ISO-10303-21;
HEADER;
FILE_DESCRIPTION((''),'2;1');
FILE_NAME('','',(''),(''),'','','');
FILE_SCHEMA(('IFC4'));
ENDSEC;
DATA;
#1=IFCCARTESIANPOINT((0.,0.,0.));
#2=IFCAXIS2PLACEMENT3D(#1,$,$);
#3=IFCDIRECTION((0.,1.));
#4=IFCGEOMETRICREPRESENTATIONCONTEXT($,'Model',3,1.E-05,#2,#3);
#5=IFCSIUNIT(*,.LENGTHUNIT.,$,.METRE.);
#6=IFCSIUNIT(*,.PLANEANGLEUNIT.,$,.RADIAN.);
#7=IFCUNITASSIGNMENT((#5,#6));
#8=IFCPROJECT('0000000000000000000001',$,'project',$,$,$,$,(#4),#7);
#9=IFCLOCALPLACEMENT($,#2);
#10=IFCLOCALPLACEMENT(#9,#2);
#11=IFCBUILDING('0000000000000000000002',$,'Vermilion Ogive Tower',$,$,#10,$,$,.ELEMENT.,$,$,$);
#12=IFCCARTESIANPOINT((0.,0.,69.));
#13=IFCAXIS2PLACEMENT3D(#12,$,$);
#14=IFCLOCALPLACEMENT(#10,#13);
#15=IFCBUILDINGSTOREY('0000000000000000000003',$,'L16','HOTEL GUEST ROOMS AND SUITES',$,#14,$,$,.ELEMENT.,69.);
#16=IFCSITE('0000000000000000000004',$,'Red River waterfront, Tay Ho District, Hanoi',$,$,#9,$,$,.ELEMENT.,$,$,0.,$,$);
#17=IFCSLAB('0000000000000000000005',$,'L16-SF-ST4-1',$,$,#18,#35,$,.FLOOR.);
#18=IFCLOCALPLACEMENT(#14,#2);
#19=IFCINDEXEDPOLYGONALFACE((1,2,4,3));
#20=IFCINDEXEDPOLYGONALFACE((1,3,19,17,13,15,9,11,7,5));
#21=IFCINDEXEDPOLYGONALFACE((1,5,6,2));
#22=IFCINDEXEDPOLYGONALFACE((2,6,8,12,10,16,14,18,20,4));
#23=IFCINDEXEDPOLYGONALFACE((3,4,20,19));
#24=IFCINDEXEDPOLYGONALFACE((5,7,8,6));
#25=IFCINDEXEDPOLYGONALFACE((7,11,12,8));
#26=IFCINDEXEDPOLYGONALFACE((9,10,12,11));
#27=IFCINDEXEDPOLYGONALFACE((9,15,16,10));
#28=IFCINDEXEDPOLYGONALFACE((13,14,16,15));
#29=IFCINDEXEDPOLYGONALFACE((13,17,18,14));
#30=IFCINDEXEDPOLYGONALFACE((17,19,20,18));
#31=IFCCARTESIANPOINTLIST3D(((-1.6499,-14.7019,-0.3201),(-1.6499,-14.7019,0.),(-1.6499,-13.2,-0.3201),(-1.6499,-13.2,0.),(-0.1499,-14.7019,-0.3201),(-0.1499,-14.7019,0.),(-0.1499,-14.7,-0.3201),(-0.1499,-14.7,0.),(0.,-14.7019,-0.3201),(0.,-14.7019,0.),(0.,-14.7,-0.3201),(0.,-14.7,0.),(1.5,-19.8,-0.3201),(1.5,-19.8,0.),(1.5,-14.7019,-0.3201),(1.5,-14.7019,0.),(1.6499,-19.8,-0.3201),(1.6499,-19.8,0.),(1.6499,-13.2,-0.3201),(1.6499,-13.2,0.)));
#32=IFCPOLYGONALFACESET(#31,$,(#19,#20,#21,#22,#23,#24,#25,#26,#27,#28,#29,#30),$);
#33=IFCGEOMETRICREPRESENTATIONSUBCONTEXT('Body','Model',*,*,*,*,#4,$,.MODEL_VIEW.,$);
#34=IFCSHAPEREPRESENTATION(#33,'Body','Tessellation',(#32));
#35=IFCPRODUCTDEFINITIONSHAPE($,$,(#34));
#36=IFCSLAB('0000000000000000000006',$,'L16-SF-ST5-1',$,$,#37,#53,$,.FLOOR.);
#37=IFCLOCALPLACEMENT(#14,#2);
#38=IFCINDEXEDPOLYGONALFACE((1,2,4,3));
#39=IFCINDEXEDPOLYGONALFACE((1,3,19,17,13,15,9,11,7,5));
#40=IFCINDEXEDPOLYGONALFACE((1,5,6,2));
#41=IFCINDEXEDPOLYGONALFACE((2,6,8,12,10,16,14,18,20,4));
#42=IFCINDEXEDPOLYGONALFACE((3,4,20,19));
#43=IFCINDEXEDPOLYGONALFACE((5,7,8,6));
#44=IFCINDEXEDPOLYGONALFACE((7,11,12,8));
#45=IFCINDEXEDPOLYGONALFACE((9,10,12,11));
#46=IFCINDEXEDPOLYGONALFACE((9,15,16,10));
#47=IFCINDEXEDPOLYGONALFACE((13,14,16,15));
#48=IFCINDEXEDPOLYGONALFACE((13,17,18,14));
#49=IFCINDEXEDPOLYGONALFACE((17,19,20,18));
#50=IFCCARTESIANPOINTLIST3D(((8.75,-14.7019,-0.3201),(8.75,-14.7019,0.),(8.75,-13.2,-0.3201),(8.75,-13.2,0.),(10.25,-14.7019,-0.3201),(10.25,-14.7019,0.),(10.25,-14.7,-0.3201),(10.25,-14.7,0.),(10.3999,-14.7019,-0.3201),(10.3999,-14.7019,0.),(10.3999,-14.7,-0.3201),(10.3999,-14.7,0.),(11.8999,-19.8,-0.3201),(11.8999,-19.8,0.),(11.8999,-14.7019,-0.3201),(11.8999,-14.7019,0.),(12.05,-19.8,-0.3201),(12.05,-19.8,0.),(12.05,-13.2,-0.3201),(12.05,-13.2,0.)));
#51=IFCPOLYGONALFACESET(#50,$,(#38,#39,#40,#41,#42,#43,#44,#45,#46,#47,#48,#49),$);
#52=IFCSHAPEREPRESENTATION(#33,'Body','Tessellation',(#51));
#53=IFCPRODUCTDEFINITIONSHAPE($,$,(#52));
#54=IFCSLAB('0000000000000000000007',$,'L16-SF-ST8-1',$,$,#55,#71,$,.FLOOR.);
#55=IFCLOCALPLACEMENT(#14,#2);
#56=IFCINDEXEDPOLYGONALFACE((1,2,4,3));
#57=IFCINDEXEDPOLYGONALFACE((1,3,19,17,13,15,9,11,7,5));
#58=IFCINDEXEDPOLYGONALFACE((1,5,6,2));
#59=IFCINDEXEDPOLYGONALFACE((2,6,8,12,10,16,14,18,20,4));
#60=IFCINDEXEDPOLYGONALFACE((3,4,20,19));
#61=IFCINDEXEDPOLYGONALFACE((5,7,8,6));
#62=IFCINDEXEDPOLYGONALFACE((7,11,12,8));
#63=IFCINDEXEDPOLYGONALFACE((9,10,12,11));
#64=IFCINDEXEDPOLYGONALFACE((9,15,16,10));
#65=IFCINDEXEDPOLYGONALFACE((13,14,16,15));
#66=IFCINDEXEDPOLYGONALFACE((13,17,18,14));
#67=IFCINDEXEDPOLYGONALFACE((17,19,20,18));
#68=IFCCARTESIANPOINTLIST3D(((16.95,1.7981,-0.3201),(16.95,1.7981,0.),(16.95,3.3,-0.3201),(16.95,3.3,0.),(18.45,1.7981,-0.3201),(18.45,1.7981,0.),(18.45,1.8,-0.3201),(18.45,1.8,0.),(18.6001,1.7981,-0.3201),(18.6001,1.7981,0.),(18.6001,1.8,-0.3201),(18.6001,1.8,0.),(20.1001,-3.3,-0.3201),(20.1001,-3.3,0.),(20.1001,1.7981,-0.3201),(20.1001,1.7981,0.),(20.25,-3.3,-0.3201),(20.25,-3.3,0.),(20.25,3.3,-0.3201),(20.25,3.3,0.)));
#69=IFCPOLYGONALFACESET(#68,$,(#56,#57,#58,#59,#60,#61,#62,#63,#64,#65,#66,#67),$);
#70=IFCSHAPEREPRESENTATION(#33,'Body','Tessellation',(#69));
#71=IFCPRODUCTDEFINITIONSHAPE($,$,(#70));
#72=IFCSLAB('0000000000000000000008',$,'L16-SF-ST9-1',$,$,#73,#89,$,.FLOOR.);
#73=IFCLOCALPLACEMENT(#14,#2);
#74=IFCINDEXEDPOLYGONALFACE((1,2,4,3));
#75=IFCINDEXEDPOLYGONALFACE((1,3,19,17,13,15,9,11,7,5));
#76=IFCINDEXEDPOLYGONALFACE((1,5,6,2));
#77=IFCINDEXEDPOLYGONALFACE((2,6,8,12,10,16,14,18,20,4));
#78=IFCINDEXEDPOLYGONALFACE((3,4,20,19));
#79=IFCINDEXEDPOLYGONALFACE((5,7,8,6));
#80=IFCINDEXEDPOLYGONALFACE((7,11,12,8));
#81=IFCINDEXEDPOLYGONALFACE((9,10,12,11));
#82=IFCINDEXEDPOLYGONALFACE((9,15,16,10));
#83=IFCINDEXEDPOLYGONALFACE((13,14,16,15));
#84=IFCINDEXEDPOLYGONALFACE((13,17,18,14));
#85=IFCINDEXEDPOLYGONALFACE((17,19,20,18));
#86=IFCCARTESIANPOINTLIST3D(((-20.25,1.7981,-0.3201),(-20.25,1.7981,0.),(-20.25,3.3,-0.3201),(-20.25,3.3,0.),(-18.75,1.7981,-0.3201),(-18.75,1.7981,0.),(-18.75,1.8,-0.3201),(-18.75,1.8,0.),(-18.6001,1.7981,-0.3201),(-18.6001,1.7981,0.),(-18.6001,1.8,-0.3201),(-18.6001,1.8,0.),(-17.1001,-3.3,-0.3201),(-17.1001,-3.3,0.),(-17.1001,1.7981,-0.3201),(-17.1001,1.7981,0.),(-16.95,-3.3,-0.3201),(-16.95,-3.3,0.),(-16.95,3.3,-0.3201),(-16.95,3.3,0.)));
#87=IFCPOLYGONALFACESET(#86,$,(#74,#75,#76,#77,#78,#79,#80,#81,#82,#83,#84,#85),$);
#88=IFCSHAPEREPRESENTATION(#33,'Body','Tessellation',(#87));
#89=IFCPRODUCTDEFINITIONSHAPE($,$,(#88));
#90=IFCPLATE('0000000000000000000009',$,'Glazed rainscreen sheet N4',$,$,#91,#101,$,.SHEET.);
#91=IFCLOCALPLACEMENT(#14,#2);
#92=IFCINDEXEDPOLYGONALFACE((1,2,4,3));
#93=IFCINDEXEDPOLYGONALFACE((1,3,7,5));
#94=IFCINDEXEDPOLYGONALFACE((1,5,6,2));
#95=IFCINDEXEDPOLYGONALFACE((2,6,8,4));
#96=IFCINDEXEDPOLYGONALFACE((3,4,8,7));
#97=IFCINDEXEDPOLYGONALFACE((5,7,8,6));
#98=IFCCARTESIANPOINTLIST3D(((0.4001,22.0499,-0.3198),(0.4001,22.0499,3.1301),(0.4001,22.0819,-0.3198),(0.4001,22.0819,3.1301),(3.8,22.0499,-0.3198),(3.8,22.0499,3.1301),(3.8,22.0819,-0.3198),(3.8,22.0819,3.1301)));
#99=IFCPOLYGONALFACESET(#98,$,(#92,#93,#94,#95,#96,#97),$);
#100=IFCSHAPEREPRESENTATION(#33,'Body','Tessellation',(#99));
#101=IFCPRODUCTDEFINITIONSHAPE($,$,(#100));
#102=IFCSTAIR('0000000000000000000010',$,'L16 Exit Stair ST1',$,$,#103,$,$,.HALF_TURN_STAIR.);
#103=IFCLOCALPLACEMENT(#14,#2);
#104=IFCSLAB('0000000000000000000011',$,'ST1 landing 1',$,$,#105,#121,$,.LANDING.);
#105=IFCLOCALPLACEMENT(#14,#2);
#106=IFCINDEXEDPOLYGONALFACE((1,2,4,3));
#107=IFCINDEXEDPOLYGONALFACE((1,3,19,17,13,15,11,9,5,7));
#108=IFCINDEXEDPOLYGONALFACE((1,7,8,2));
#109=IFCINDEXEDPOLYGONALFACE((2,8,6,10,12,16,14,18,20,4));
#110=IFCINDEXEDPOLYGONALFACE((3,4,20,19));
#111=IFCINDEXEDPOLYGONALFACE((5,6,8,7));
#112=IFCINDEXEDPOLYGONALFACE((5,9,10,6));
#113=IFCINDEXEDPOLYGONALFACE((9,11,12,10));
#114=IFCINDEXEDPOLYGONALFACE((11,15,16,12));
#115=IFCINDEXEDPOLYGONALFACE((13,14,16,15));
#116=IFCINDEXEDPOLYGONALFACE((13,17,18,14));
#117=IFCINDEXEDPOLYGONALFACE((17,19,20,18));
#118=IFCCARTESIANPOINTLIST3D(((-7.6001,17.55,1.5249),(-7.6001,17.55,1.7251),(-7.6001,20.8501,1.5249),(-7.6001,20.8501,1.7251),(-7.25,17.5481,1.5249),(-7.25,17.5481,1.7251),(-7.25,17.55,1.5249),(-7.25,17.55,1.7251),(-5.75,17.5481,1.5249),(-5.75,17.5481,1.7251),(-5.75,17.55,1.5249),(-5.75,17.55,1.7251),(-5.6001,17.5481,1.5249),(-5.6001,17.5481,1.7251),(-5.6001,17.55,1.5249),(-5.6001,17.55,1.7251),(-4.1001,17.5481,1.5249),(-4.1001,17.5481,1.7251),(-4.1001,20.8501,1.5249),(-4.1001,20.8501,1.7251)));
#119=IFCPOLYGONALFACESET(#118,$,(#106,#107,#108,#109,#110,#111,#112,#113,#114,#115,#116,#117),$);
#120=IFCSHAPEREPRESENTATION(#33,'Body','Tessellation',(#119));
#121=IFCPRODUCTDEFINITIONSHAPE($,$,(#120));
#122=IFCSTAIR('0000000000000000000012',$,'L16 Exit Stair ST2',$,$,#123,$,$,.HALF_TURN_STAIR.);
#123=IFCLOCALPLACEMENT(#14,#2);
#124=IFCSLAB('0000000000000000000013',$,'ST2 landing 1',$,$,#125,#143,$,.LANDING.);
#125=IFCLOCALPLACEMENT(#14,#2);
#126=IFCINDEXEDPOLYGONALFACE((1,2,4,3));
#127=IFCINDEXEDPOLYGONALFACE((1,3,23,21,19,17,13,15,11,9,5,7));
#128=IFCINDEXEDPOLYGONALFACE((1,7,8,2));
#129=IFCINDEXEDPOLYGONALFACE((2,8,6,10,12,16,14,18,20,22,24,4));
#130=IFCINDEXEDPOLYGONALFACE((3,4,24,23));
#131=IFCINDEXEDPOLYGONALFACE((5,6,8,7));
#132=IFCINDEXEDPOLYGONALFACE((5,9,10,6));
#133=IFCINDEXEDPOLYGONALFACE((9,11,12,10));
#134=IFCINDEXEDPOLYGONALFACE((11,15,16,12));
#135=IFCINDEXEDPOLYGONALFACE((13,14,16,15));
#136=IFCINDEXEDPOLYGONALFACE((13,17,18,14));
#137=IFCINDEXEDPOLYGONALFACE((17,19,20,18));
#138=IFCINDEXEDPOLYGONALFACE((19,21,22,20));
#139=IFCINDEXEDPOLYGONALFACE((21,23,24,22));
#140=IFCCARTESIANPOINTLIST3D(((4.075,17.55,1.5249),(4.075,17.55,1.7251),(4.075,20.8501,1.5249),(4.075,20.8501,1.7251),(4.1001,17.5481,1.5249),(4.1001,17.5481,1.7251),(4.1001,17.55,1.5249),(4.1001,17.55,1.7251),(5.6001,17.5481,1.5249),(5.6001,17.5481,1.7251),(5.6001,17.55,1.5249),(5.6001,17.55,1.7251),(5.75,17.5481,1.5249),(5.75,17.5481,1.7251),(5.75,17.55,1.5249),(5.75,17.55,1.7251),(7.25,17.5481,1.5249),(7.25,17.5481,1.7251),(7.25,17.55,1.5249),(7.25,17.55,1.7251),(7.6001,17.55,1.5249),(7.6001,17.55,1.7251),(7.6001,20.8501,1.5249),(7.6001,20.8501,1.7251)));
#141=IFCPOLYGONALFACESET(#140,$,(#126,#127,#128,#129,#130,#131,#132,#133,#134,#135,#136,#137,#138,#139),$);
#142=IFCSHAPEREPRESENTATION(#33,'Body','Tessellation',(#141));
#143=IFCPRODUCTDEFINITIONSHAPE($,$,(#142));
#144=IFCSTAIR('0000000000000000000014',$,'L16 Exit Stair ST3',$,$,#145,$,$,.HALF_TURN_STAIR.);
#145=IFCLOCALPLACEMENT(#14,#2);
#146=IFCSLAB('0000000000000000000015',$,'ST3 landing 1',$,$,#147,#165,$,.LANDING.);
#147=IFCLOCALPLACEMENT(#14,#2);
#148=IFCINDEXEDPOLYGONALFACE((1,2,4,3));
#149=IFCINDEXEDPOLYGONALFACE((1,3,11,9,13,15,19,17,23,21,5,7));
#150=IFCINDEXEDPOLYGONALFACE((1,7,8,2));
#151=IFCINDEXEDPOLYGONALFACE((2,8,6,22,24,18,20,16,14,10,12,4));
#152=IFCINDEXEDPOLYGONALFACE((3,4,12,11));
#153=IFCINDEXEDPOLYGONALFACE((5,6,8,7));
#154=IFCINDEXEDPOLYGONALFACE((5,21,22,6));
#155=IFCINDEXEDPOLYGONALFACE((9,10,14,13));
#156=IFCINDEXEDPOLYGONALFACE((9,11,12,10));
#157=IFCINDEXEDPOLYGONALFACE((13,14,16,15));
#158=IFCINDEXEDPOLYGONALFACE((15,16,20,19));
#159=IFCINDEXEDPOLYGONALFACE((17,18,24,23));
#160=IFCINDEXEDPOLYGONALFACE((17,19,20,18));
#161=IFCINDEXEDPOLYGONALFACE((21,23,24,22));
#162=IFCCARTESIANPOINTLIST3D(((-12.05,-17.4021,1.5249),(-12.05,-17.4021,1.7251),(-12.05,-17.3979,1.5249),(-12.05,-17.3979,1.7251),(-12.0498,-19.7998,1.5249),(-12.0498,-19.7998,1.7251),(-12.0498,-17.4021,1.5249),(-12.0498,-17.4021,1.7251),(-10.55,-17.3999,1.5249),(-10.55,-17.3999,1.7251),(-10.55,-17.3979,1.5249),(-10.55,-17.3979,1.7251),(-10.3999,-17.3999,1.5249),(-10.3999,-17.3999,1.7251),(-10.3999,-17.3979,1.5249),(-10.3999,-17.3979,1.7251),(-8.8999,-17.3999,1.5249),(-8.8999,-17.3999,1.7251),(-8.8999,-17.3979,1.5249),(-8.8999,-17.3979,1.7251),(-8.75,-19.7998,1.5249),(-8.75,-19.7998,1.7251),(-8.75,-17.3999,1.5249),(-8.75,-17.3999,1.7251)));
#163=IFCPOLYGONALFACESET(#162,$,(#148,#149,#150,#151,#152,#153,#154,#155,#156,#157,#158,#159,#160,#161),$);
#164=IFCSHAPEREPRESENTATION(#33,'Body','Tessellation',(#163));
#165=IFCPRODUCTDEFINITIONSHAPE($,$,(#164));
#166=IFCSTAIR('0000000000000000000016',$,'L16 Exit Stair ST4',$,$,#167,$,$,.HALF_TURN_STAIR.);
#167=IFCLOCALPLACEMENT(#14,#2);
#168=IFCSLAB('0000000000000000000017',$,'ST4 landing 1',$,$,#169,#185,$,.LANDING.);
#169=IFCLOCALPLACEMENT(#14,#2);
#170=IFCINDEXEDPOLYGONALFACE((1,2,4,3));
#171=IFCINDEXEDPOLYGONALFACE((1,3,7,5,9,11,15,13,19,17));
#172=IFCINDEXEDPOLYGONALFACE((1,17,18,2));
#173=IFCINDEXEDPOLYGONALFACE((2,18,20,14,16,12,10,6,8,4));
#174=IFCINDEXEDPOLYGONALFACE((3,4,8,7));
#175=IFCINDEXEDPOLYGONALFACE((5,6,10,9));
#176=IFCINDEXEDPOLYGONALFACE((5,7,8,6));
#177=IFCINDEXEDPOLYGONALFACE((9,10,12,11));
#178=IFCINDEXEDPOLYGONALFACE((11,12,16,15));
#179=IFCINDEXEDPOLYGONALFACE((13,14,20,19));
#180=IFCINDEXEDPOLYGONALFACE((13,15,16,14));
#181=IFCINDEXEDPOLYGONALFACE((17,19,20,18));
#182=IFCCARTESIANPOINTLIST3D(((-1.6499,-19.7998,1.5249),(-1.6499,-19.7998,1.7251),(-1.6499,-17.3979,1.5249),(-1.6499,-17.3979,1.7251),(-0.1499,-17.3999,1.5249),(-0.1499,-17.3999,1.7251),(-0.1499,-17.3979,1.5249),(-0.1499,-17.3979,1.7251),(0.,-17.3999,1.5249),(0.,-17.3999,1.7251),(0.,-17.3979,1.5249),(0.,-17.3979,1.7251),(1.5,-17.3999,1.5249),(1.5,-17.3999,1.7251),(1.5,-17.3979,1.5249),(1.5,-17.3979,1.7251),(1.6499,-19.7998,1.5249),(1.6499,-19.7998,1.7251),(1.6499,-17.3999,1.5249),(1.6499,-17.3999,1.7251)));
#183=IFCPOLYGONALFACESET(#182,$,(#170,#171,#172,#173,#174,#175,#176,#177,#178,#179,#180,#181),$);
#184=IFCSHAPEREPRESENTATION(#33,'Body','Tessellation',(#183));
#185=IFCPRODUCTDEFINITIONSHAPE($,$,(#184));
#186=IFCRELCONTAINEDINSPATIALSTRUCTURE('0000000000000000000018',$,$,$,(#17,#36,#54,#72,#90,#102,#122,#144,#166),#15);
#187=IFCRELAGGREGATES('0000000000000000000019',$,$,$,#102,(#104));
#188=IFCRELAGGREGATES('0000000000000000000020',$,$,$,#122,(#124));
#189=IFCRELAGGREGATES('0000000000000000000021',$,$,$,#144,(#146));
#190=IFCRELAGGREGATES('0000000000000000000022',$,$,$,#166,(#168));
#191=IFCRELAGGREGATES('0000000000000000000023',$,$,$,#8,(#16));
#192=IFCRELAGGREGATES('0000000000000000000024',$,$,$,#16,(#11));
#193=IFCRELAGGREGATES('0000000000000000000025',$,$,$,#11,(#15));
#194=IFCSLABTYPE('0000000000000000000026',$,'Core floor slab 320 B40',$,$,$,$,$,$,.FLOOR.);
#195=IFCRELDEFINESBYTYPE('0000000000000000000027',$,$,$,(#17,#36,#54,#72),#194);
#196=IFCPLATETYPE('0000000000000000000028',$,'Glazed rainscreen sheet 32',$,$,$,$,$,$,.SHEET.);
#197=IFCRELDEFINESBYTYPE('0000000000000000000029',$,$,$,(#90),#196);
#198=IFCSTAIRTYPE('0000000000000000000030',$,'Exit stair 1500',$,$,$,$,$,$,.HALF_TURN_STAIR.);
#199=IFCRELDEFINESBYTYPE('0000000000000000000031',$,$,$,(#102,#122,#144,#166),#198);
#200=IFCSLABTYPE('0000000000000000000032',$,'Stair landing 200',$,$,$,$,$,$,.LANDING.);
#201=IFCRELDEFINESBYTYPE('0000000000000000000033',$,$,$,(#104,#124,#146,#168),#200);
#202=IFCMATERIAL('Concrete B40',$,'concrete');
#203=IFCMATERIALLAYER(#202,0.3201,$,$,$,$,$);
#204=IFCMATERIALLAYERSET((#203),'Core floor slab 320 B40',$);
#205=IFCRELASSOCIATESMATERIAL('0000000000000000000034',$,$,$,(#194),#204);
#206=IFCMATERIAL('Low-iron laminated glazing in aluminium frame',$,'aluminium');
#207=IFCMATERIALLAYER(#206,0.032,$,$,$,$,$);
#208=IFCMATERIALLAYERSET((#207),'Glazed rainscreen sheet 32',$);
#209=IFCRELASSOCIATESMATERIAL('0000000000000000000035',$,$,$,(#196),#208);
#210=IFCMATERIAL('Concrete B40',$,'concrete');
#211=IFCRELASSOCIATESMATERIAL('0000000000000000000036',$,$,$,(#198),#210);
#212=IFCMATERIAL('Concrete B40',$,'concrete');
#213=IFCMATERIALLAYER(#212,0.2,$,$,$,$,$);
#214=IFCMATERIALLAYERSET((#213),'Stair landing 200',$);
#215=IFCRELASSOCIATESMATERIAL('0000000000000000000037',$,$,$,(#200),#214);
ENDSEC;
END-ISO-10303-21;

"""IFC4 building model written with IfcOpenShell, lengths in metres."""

from ifc_helpers import new_model, si_unit, direction, frame, origin, origin_2d, place, context, subcontext, project, spatial, polyline, rectangle, outline, extrude, material, layer, layer_set, type_object, element, aggregate, save


model = new_model("IFC4")

# Units and contexts
model_context = context("Model", 3, precision=1e-05, world=origin(), true_north=direction((0.0, 1.0)))
body_context = subcontext(model_context, "Body", "Model", "MODEL_VIEW")
ifc_project = project(units=[si_unit("LENGTHUNIT", "METRE"), si_unit("PLANEANGLEUNIT", "RADIAN")], contexts=[model_context])

# Site, building, storey
site_placement = place(None, origin())
site = spatial("IfcSite", under=ifc_project, at=site_placement, Name="Red River waterfront, Tay Ho District, Hanoi", CompositionType="ELEMENT", RefElevation=0.0)
building_placement = place(site_placement, origin())
building = spatial("IfcBuilding", under=site, at=building_placement, Name="Vermilion Ogive Tower", CompositionType="ELEMENT")
storey_placement = place(building_placement, frame((0.0, 0.0, 69.0)))
storey = spatial("IfcBuildingStorey", under=building, at=storey_placement, Name="L16", Description="HOTEL GUEST ROOMS AND SUITES", CompositionType="ELEMENT", Elevation=69.0)

# Slabs
ifc_material_1 = material(Name="Concrete B40", Category="concrete")
ifc_layer_1 = layer(ifc_material_1, 0.3201)
ifc_layer_set_1 = layer_set([ifc_layer_1], Name="Core floor slab 320 B40")
slab_type_1 = type_object("IfcSlabType", Name="Core floor slab 320 B40", PredefinedType="FLOOR", material=ifc_layer_set_1)
slab_1_placement = place(storey_placement, frame((0.0, 0.0, -0.3201)))
element("IfcSlab", 1, at=slab_1_placement, inside=storey, type_object=slab_type_1, Name="L16-SF-ST4-1", PredefinedType="FLOOR", context=body_context, shape_type="SweptSolid", body=[
    extrude(outline(polyline([(-1.6499, -13.2), (-1.6499, -14.7019), (-0.1499, -14.7019), (-0.1499, -14.7), (0.0, -14.7), (0.0, -14.7019), (1.5, -14.7019), (1.5, -19.8), (1.6499, -19.8), (1.6499, -13.2), (-1.6499, -13.2)])), origin(), (0.0, 0.0, 1.0), 0.3201),
])
slab_2_placement = place(storey_placement, frame((0.0, 0.0, -0.3201)))
element("IfcSlab", 2, at=slab_2_placement, inside=storey, type_object=slab_type_1, Name="L16-SF-ST5-1", PredefinedType="FLOOR", context=body_context, shape_type="SweptSolid", body=[
    extrude(outline(polyline([(8.75, -13.2), (8.75, -14.7019), (10.25, -14.7019), (10.25, -14.7), (10.3999, -14.7), (10.3999, -14.7019), (11.8999, -14.7019), (11.8999, -19.8), (12.05, -19.8), (12.05, -13.2), (8.75, -13.2)])), origin(), (0.0, 0.0, 1.0), 0.3201),
])
slab_3_placement = place(storey_placement, frame((0.0, 0.0, -0.3201)))
element("IfcSlab", 3, at=slab_3_placement, inside=storey, type_object=slab_type_1, Name="L16-SF-ST8-1", PredefinedType="FLOOR", context=body_context, shape_type="SweptSolid", body=[
    extrude(outline(polyline([(16.95, 3.3), (16.95, 1.7981), (18.45, 1.7981), (18.45, 1.8), (18.6001, 1.8), (18.6001, 1.7981), (20.1001, 1.7981), (20.1001, -3.3), (20.25, -3.3), (20.25, 3.3), (16.95, 3.3)])), origin(), (0.0, 0.0, 1.0), 0.3201),
])
slab_4_placement = place(storey_placement, frame((0.0, 0.0, -0.3201)))
element("IfcSlab", 4, at=slab_4_placement, inside=storey, type_object=slab_type_1, Name="L16-SF-ST9-1", PredefinedType="FLOOR", context=body_context, shape_type="SweptSolid", body=[
    extrude(outline(polyline([(-20.25, 3.3), (-20.25, 1.7981), (-18.75, 1.7981), (-18.75, 1.8), (-18.6001, 1.8), (-18.6001, 1.7981), (-17.1001, 1.7981), (-17.1001, -3.3), (-16.95, -3.3), (-16.95, 3.3), (-20.25, 3.3)])), origin(), (0.0, 0.0, 1.0), 0.3201),
])

# Plate
ifc_material_2 = material(Name="Low-iron laminated glazing in aluminium frame", Category="aluminium")
ifc_layer_2 = layer(ifc_material_2, 0.032)
ifc_layer_set_2 = layer_set([ifc_layer_2], Name="Glazed rainscreen sheet 32")
plate_type = type_object("IfcPlateType", Name="Glazed rainscreen sheet 32", PredefinedType="SHEET", material=ifc_layer_set_2)
plate_placement = place(storey_placement, frame((2.1001, 22.0659, -0.3198), z_axis=(0.0, 0.0, 1.0), x_axis=(1.0, 0.0, 0.0)))
element("IfcPlate", 5, at=plate_placement, inside=storey, type_object=plate_type, Name="Glazed rainscreen sheet N4", PredefinedType="SHEET", context=body_context, shape_type="SweptSolid", body=[
    extrude(rectangle(XDim=3.3999, YDim=0.032, at=origin_2d()), origin(), (0.0, 0.0, 1.0), 3.45),
])

# Stairs, slabs
ifc_material_3 = material(Name="Concrete B40", Category="concrete")
stair_type = type_object("IfcStairType", Name="Exit stair 1500", PredefinedType="HALF_TURN_STAIR", material=ifc_material_3)
stair_1_placement = place(storey_placement, origin())
stair_1 = element("IfcStair", 6, at=stair_1_placement, inside=storey, type_object=stair_type, Name="L16 Exit Stair ST1", PredefinedType="HALF_TURN_STAIR")
ifc_material_4 = material(Name="Concrete B40", Category="concrete")
ifc_layer_3 = layer(ifc_material_4, 0.2)
ifc_layer_set_3 = layer_set([ifc_layer_3], Name="Stair landing 200")
slab_type_2 = type_object("IfcSlabType", Name="Stair landing 200", PredefinedType="LANDING", material=ifc_layer_set_3)
slab_5_placement = place(storey_placement, frame((0.0, 0.0, 1.5249)))
slab_5 = element("IfcSlab", 7, at=slab_5_placement, type_object=slab_type_2, Name="ST1 landing 1", PredefinedType="LANDING", context=body_context, shape_type="SweptSolid", body=[
    extrude(outline(polyline([(-7.6001, 17.55), (-7.25, 17.55), (-7.25, 17.5481), (-5.75, 17.5481), (-5.75, 17.55), (-5.6001, 17.55), (-5.6001, 17.5481), (-4.1001, 17.5481), (-4.1001, 20.8501), (-7.6001, 20.8501), (-7.6001, 17.55)])), origin(), (0.0, 0.0, 1.0), 0.2002),
])
aggregate(stair_1, [slab_5])
stair_2_placement = place(storey_placement, origin())
stair_2 = element("IfcStair", 8, at=stair_2_placement, inside=storey, type_object=stair_type, Name="L16 Exit Stair ST2", PredefinedType="HALF_TURN_STAIR")
slab_6_placement = place(storey_placement, frame((0.0, 0.0, 1.5249)))
slab_6 = element("IfcSlab", 9, at=slab_6_placement, type_object=slab_type_2, Name="ST2 landing 1", PredefinedType="LANDING", context=body_context, shape_type="SweptSolid", body=[
    extrude(outline(polyline([(5.6001, 17.55), (5.75, 17.55), (5.75, 17.5481), (7.25, 17.5481), (7.25, 17.55), (7.6001, 17.55), (7.6001, 20.8501), (4.075, 20.8501), (4.075, 17.55), (4.1001, 17.55), (4.1001, 17.5481), (5.6001, 17.5481), (5.6001, 17.55)])), origin(), (0.0, 0.0, 1.0), 0.2002),
])
aggregate(stair_2, [slab_6])
stair_3_placement = place(storey_placement, origin())
stair_3 = element("IfcStair", 10, at=stair_3_placement, inside=storey, type_object=stair_type, Name="L16 Exit Stair ST3", PredefinedType="HALF_TURN_STAIR")
slab_7_placement = place(storey_placement, frame((0.0, 0.0, 1.5249)))
slab_7 = element("IfcSlab", 11, at=slab_7_placement, type_object=slab_type_2, Name="ST3 landing 1", PredefinedType="LANDING", context=body_context, shape_type="SweptSolid", body=[
    extrude(outline(polyline([(-8.75, -17.3999), (-8.8999, -17.3999), (-8.8999, -17.3979), (-10.3999, -17.3979), (-10.3999, -17.3999), (-10.55, -17.3999), (-10.55, -17.3979), (-12.05, -17.3979), (-12.05, -17.4021), (-12.0498, -17.4021), (-12.0498, -19.7998), (-8.75, -19.7998), (-8.75, -17.3999)])), origin(), (0.0, 0.0, 1.0), 0.2002),
])
aggregate(stair_3, [slab_7])
stair_4_placement = place(storey_placement, origin())
stair_4 = element("IfcStair", 12, at=stair_4_placement, inside=storey, type_object=stair_type, Name="L16 Exit Stair ST4", PredefinedType="HALF_TURN_STAIR")
slab_8_placement = place(storey_placement, frame((0.0, 0.0, 1.5249)))
slab_8 = element("IfcSlab", 13, at=slab_8_placement, type_object=slab_type_2, Name="ST4 landing 1", PredefinedType="LANDING", context=body_context, shape_type="SweptSolid", body=[
    extrude(outline(polyline([(1.6499, -17.3999), (1.5, -17.3999), (1.5, -17.3979), (0.0, -17.3979), (0.0, -17.3999), (-0.1499, -17.3999), (-0.1499, -17.3979), (-1.6499, -17.3979), (-1.6499, -19.7998), (1.6499, -19.7998), (1.6499, -17.3999)])), origin(), (0.0, 0.0, 1.0), 0.2002),
])
aggregate(stair_4, [slab_8])

save(model, "model.ifc")
